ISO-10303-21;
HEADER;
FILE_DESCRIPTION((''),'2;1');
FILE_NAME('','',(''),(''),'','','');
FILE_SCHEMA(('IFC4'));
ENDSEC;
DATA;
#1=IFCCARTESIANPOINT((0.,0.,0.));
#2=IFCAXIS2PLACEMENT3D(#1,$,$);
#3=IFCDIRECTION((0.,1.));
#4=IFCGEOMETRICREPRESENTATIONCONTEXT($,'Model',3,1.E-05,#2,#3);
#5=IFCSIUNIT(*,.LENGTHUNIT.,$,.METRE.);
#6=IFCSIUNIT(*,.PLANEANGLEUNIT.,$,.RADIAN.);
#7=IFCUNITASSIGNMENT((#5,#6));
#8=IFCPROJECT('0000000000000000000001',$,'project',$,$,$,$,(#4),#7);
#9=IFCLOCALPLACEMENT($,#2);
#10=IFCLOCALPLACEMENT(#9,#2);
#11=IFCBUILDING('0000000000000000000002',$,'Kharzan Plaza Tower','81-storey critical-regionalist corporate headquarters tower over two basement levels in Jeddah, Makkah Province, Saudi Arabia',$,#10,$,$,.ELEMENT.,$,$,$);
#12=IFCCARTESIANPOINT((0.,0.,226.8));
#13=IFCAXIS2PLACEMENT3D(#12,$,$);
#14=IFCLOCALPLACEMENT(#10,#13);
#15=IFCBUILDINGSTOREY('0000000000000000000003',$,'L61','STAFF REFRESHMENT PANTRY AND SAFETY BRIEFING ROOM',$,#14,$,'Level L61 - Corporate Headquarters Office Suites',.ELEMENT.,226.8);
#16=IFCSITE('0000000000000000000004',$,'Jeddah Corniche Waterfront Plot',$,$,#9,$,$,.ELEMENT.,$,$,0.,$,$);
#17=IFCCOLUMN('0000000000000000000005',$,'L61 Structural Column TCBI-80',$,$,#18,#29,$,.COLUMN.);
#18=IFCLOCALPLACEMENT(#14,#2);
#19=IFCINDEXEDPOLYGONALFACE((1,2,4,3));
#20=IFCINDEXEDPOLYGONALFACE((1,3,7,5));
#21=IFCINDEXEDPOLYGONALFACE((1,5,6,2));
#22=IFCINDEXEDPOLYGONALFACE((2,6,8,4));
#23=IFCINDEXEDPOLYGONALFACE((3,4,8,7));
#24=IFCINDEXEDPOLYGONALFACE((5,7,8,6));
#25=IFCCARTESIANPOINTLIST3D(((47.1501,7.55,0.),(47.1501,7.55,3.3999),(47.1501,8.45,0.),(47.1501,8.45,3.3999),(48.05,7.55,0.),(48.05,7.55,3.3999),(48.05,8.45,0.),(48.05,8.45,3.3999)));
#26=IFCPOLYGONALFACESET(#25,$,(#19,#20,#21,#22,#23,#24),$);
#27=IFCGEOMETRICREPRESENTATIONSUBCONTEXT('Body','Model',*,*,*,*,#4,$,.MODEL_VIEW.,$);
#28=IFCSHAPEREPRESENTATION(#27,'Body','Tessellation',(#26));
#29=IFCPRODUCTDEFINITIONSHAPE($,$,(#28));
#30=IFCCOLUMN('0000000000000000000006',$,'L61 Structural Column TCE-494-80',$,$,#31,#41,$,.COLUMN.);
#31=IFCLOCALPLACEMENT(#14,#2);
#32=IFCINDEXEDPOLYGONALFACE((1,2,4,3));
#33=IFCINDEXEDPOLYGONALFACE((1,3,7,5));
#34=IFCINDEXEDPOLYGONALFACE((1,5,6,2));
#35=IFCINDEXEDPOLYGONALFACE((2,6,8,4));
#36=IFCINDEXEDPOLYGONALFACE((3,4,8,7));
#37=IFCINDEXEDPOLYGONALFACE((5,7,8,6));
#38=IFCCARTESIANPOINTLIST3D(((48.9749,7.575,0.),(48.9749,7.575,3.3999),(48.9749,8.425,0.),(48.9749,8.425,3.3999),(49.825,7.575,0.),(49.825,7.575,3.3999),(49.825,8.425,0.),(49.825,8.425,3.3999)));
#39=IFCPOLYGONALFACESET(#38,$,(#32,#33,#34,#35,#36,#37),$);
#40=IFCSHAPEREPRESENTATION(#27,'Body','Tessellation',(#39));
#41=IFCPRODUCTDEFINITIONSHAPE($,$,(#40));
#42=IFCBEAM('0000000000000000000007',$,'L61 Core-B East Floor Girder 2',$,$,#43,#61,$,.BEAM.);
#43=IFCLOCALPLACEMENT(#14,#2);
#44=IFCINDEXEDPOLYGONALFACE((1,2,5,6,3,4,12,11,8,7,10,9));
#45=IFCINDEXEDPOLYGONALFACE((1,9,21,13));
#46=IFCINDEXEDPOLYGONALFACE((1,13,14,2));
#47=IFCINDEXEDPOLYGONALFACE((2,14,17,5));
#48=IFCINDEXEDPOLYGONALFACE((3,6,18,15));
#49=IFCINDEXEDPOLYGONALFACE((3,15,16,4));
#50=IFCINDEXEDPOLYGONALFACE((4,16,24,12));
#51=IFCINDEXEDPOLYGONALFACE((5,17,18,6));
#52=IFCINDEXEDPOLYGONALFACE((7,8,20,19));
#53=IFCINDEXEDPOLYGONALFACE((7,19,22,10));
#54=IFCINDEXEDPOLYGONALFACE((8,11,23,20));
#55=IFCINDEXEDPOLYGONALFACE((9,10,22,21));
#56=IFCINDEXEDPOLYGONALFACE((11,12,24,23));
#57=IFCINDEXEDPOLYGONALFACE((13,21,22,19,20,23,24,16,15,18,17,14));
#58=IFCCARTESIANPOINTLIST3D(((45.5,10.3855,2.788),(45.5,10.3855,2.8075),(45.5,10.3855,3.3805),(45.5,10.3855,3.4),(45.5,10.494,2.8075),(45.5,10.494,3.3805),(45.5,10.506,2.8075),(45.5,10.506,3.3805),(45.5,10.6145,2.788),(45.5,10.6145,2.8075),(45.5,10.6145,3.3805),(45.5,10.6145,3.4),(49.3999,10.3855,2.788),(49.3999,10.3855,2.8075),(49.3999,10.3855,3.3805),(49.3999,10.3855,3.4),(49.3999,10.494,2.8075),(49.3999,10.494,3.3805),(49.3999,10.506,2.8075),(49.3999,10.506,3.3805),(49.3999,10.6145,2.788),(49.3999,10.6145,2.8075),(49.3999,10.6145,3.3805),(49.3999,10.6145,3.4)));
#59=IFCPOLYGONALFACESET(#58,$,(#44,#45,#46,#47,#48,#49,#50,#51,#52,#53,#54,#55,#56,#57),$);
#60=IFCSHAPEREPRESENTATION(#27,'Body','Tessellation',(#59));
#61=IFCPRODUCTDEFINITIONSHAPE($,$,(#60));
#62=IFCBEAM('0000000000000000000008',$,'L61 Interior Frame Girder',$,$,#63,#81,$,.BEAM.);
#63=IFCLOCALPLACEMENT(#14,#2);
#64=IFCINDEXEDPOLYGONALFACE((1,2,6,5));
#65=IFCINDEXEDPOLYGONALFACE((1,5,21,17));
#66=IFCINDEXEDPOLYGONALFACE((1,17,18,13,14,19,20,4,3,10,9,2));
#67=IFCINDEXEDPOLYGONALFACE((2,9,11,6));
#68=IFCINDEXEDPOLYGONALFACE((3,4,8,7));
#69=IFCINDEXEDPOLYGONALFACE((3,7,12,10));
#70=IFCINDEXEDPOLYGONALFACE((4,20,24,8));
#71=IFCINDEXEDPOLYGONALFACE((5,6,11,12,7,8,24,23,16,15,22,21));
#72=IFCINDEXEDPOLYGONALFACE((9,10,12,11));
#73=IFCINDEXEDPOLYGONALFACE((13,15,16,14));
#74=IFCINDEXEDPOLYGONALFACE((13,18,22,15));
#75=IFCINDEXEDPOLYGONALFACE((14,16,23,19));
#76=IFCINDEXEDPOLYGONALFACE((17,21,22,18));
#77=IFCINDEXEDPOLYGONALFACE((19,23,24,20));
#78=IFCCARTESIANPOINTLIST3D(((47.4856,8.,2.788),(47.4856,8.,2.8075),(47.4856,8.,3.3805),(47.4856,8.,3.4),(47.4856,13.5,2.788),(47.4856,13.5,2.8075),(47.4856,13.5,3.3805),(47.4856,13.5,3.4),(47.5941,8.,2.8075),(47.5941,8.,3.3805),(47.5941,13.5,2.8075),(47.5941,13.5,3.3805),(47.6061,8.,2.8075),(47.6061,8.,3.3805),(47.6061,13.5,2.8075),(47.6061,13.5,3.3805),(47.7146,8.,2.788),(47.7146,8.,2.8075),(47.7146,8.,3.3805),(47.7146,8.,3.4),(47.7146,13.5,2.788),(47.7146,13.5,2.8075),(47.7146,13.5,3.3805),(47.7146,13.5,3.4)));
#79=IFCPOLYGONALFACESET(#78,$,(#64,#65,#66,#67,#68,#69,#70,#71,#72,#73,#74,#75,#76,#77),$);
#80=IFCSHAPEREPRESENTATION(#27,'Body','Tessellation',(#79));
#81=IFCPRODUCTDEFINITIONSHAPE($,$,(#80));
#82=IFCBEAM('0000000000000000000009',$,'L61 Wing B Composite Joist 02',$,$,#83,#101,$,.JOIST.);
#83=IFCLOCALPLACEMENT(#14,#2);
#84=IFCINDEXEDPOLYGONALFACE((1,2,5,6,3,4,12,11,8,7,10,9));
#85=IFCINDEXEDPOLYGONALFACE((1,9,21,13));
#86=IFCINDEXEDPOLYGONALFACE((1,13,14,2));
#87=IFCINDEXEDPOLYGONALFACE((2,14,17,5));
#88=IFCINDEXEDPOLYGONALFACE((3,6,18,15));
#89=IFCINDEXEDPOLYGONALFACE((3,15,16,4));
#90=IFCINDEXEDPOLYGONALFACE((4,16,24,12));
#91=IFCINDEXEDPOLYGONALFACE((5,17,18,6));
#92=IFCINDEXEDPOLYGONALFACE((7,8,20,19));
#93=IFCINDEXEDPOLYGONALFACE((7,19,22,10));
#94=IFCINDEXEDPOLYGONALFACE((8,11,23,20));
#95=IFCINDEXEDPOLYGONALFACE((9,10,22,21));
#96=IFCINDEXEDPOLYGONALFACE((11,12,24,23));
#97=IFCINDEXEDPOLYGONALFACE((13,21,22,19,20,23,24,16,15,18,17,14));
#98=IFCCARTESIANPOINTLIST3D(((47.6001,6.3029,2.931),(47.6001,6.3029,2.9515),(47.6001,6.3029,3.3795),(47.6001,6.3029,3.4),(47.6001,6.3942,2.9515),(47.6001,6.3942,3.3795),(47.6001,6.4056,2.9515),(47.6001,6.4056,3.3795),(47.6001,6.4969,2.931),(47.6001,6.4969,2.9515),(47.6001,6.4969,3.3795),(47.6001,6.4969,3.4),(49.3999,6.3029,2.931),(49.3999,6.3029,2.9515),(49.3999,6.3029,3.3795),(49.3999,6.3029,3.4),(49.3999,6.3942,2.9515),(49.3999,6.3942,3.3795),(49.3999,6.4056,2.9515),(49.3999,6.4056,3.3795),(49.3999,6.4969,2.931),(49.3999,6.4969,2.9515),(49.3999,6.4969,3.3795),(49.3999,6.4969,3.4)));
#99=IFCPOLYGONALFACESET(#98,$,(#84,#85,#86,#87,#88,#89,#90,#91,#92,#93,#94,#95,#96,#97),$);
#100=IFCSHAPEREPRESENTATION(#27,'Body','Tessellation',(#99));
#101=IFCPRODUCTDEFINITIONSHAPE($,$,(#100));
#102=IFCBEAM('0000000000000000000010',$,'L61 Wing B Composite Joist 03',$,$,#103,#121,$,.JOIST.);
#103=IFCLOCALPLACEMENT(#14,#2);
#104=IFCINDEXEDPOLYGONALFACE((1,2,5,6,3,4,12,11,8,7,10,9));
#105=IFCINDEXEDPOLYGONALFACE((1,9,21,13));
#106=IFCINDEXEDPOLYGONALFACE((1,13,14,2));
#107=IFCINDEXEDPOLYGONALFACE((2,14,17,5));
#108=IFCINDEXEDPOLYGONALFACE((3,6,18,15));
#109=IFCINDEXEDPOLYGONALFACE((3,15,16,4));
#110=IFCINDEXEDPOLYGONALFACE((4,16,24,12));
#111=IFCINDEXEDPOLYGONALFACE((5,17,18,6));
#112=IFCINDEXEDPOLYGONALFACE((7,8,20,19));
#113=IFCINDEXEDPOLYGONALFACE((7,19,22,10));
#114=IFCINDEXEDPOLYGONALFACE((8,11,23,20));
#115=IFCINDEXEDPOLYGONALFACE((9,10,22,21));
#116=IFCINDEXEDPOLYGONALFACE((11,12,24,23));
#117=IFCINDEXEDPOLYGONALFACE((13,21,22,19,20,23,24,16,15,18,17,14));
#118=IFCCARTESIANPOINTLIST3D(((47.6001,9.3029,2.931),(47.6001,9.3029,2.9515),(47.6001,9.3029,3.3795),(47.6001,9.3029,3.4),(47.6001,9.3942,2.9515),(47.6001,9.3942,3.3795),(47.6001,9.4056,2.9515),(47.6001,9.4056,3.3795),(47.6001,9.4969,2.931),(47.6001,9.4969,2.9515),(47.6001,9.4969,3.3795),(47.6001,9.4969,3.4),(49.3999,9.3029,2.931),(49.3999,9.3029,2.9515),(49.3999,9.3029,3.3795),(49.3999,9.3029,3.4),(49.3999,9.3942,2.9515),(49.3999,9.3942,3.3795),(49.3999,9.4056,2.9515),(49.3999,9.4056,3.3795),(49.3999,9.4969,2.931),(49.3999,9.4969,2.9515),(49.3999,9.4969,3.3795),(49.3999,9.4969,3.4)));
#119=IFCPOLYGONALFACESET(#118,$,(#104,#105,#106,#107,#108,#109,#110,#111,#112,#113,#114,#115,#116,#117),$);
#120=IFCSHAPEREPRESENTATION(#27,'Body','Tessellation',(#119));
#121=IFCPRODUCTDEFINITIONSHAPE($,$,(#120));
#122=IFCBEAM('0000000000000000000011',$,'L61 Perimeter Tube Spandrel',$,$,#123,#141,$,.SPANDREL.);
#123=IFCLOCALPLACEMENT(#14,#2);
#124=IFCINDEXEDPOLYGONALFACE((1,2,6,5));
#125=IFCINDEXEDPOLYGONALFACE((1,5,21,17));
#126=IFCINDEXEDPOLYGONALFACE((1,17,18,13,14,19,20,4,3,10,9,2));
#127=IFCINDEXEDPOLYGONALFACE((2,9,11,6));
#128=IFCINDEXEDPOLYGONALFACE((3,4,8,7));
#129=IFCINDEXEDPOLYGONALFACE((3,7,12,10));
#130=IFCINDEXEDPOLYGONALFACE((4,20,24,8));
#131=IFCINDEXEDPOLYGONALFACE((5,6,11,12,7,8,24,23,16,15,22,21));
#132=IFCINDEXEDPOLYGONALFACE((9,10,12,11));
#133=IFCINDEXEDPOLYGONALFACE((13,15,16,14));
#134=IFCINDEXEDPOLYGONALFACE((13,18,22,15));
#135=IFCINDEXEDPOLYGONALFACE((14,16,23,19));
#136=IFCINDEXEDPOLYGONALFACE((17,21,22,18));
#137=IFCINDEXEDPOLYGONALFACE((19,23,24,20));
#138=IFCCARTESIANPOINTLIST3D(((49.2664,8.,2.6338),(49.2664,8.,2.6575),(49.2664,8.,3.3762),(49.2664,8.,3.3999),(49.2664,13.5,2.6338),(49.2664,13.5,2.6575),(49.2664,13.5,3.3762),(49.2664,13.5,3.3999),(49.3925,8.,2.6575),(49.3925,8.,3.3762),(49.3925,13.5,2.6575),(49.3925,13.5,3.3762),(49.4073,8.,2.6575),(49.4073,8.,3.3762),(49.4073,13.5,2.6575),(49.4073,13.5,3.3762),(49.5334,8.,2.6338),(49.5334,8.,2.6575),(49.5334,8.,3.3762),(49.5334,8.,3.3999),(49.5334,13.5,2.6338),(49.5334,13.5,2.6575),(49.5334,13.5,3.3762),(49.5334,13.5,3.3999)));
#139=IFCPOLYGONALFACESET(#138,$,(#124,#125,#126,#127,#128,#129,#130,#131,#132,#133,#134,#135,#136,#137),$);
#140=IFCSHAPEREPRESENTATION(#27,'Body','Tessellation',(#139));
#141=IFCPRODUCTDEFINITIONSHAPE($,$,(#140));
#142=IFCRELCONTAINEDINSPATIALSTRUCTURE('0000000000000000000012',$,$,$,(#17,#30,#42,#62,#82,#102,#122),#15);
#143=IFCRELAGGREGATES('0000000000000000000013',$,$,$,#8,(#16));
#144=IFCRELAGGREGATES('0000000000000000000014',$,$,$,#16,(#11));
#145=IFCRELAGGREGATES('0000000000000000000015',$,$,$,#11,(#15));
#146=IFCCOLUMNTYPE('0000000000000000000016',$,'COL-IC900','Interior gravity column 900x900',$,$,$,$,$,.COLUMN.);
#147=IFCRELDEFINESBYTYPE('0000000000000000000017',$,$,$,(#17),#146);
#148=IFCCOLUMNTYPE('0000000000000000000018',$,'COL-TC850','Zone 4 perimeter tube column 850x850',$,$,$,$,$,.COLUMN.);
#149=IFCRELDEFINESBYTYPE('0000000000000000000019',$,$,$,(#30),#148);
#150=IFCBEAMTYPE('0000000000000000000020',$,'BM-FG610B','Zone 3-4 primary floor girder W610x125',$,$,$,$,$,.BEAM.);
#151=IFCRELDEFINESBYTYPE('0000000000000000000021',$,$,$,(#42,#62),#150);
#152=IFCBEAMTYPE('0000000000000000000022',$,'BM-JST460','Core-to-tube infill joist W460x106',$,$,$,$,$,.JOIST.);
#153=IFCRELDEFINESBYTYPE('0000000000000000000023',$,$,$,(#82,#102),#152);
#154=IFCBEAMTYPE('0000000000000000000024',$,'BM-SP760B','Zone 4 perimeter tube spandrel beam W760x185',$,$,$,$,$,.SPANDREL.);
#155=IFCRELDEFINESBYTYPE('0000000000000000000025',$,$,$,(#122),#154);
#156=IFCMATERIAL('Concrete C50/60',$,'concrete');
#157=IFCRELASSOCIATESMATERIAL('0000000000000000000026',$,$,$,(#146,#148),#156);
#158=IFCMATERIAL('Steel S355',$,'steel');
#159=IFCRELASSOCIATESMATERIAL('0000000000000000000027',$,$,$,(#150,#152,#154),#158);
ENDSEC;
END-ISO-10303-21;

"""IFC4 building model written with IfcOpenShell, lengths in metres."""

from ifc_helpers import new_model, si_unit, direction, frame, origin, origin_2d, place, context, subcontext, project, spatial, rectangle, i_section, extrude, source, transform, mapped, material, material_profile, profile_set, type_object, element, save


model = new_model("IFC4")

# Units and contexts
model_context = context("Model", 3, precision=1e-05, world=origin(), true_north=direction((0.0, 1.0)))
body_context = subcontext(model_context, "Body", "Model", "MODEL_VIEW")
ifc_project = project(units=[si_unit("LENGTHUNIT", "METRE"), si_unit("PLANEANGLEUNIT", "RADIAN")], contexts=[model_context])

# Site, building, storey
site_placement = place(None, origin())
site = spatial("IfcSite", under=ifc_project, at=site_placement, Name="Jeddah Corniche Waterfront Plot", CompositionType="ELEMENT", RefElevation=0.0)
building_placement = place(site_placement, origin())
building = spatial("IfcBuilding", under=site, at=building_placement, Name="Kharzan Plaza Tower", Description="81-storey critical-regionalist corporate headquarters tower over two basement levels in Jeddah, Makkah Province, Saudi Arabia", CompositionType="ELEMENT")
storey_placement = place(building_placement, frame((0.0, 0.0, 226.8)))
storey = spatial("IfcBuildingStorey", under=building, at=storey_placement, Name="L61", Description="STAFF REFRESHMENT PANTRY AND SAFETY BRIEFING ROOM", LongName="Level L61 - Corporate Headquarters Office Suites", CompositionType="ELEMENT", Elevation=226.8)

# Columns
ifc_material_1 = material(Name="Concrete C50/60", Category="concrete")
ifc_material_profile_1 = material_profile(ifc_material_1, rectangle(XDim=0.8999, YDim=0.8999, at=origin_2d()), Name="RC-IC900x900")
ifc_profile_set_1 = profile_set([ifc_material_profile_1], Name="Concrete C50/60")
column_type_1 = type_object("IfcColumnType", Name="COL-IC900", Description="Interior gravity column 900x900", PredefinedType="COLUMN", material=ifc_profile_set_1)
shared_shape_1 = source(origin(), body_context, "Body", "SweptSolid", [
    extrude(rectangle(XDim=0.8999, YDim=0.8999, at=origin_2d()), origin(), (0.0, 0.0, 1.0), 3.3999),
])
column_1_placement = place(storey_placement, frame((47.6001, 8.0, 0.0), z_axis=(0.0, 0.0, 1.0), x_axis=(1.0, 0.0, 0.0)))
element("IfcColumn", 1, at=column_1_placement, inside=storey, type_object=column_type_1, Name="L61 Structural Column TCBI-80", PredefinedType="COLUMN", context=body_context, shape_type="MappedRepresentation", body=[
    mapped(shared_shape_1, transform((0.0, 0.0, 0.0), x_axis=(1.0, 0.0, 0.0), y_axis=(0.0, 1.0, 0.0), z_axis=(0.0, 0.0, 1.0))),
])
ifc_material_profile_2 = material_profile(ifc_material_1, rectangle(XDim=0.8501, YDim=0.8501, at=origin_2d()), Name="RC-TC850x850")
ifc_profile_set_2 = profile_set([ifc_material_profile_2], Name="Concrete C50/60")
column_type_2 = type_object("IfcColumnType", Name="COL-TC850", Description="Zone 4 perimeter tube column 850x850", PredefinedType="COLUMN", material=ifc_profile_set_2)
shared_shape_2 = source(origin(), body_context, "Body", "SweptSolid", [
    extrude(rectangle(XDim=0.8501, YDim=0.8501, at=origin_2d()), origin(), (0.0, 0.0, 1.0), 3.3999),
])
column_2_placement = place(storey_placement, frame((49.3999, 8.0, 0.0), z_axis=(0.0, 0.0, 1.0), x_axis=(1.0, 0.0, 0.0)))
element("IfcColumn", 2, at=column_2_placement, inside=storey, type_object=column_type_2, Name="L61 Structural Column TCE-494-80", PredefinedType="COLUMN", context=body_context, shape_type="MappedRepresentation", body=[
    mapped(shared_shape_2, transform((0.0, 0.0, 0.0), x_axis=(1.0, 0.0, 0.0), y_axis=(0.0, 1.0, 0.0), z_axis=(0.0, 0.0, 1.0))),
])

# Beams
ifc_material_2 = material(Name="Steel S355", Category="steel")
ifc_material_profile_3 = material_profile(ifc_material_2, i_section(OverallWidth=0.229, OverallDepth=0.6121, WebThickness=0.012, FlangeThickness=0.0195, at=origin_2d()), Name="W610x125")
ifc_profile_set_3 = profile_set([ifc_material_profile_3], Name="Steel S355")
beam_type_1 = type_object("IfcBeamType", Name="BM-FG610B", Description="Zone 3-4 primary floor girder W610x125", PredefinedType="BEAM", material=ifc_profile_set_3)
shared_shape_3 = source(origin(), body_context, "Body", "SweptSolid", [
    extrude(i_section(OverallWidth=0.229, OverallDepth=0.6121, WebThickness=0.012, FlangeThickness=0.0195, at=origin_2d()), origin(), (0.0, 0.0, 1.0), 3.8999),
])
beam_1_placement = place(storey_placement, frame((45.5, 10.5, 3.094), z_axis=(1.0, 0.0, 0.0), x_axis=(0.0, 1.0, 0.0)))
element("IfcBeam", 3, at=beam_1_placement, inside=storey, type_object=beam_type_1, Name="L61 Core-B East Floor Girder 2", PredefinedType="BEAM", context=body_context, shape_type="MappedRepresentation", body=[
    mapped(shared_shape_3, transform((0.0, 0.0, 0.0), x_axis=(1.0, 0.0, 0.0), y_axis=(0.0, 1.0, 0.0), z_axis=(0.0, 0.0, 1.0))),
])
shared_shape_4 = source(origin(), body_context, "Body", "SweptSolid", [
    extrude(i_section(OverallWidth=0.229, OverallDepth=0.6121, WebThickness=0.012, FlangeThickness=0.0195, at=origin_2d()), origin(), (0.0, 0.0, 1.0), 5.5),
])
beam_2_placement = place(storey_placement, frame((47.6001, 8.0, 3.094), z_axis=(0.0, 1.0, 0.0), x_axis=(-1.0, 0.0, 0.0)))
element("IfcBeam", 4, at=beam_2_placement, inside=storey, type_object=beam_type_1, Name="L61 Interior Frame Girder", PredefinedType="BEAM", context=body_context, shape_type="MappedRepresentation", body=[
    mapped(shared_shape_4, transform((0.0, 0.0, 0.0), x_axis=(1.0, 0.0, 0.0), y_axis=(0.0, 1.0, 0.0), z_axis=(0.0, 0.0, 1.0))),
])
ifc_material_profile_4 = material_profile(ifc_material_2, i_section(OverallWidth=0.1941, OverallDepth=0.469, WebThickness=0.0115, FlangeThickness=0.0205, at=origin_2d()), Name="W460x106")
ifc_profile_set_4 = profile_set([ifc_material_profile_4], Name="Steel S355")
beam_type_2 = type_object("IfcBeamType", Name="BM-JST460", Description="Core-to-tube infill joist W460x106", PredefinedType="JOIST", material=ifc_profile_set_4)
shared_shape_5 = source(origin(), body_context, "Body", "SweptSolid", [
    extrude(i_section(OverallWidth=0.1941, OverallDepth=0.469, WebThickness=0.0115, FlangeThickness=0.0205, at=origin_2d()), origin(), (0.0, 0.0, 1.0), 1.7998),
])
for number, where, z_axis, x_axis, name in (
    (5, (47.6001, 6.3999, 3.1655), (1.0, 0.0, 0.0), (0.0, 1.0, 0.0), "L61 Wing B Composite Joist 02"),
    (6, (47.6001, 9.3999, 3.1655), (1.0, 0.0, 0.0), (0.0, 1.0, 0.0), "L61 Wing B Composite Joist 03"),
):
    element("IfcBeam", number, at=place(storey_placement, frame(where, z_axis=z_axis, x_axis=x_axis)), inside=storey, type_object=beam_type_2, Name=name, PredefinedType="JOIST", context=body_context, shape_type="MappedRepresentation", body=[
        mapped(shared_shape_5, transform((0.0, 0.0, 0.0), x_axis=(1.0, 0.0, 0.0), y_axis=(0.0, 1.0, 0.0), z_axis=(0.0, 0.0, 1.0))),
    ])
ifc_material_profile_5 = material_profile(ifc_material_2, i_section(OverallWidth=0.2671, OverallDepth=0.7661, WebThickness=0.0149, FlangeThickness=0.0237, at=origin_2d()), Name="W760x185")
ifc_profile_set_5 = profile_set([ifc_material_profile_5], Name="Steel S355")
beam_type_3 = type_object("IfcBeamType", Name="BM-SP760B", Description="Zone 4 perimeter tube spandrel beam W760x185", PredefinedType="SPANDREL", material=ifc_profile_set_5)
shared_shape_6 = source(origin(), body_context, "Body", "SweptSolid", [
    extrude(i_section(OverallWidth=0.2671, OverallDepth=0.7661, WebThickness=0.0149, FlangeThickness=0.0237, at=origin_2d()), origin(), (0.0, 0.0, 1.0), 5.5),
])
beam_3_placement = place(storey_placement, frame((49.3999, 8.0, 3.0168), z_axis=(0.0, 1.0, 0.0), x_axis=(-1.0, 0.0, 0.0)))
element("IfcBeam", 7, at=beam_3_placement, inside=storey, type_object=beam_type_3, Name="L61 Perimeter Tube Spandrel", PredefinedType="SPANDREL", context=body_context, shape_type="MappedRepresentation", body=[
    mapped(shared_shape_6, transform((0.0, 0.0, 0.0), x_axis=(1.0, 0.0, 0.0), y_axis=(0.0, 1.0, 0.0), z_axis=(0.0, 0.0, 1.0))),
])

save(model, "model.ifc")
